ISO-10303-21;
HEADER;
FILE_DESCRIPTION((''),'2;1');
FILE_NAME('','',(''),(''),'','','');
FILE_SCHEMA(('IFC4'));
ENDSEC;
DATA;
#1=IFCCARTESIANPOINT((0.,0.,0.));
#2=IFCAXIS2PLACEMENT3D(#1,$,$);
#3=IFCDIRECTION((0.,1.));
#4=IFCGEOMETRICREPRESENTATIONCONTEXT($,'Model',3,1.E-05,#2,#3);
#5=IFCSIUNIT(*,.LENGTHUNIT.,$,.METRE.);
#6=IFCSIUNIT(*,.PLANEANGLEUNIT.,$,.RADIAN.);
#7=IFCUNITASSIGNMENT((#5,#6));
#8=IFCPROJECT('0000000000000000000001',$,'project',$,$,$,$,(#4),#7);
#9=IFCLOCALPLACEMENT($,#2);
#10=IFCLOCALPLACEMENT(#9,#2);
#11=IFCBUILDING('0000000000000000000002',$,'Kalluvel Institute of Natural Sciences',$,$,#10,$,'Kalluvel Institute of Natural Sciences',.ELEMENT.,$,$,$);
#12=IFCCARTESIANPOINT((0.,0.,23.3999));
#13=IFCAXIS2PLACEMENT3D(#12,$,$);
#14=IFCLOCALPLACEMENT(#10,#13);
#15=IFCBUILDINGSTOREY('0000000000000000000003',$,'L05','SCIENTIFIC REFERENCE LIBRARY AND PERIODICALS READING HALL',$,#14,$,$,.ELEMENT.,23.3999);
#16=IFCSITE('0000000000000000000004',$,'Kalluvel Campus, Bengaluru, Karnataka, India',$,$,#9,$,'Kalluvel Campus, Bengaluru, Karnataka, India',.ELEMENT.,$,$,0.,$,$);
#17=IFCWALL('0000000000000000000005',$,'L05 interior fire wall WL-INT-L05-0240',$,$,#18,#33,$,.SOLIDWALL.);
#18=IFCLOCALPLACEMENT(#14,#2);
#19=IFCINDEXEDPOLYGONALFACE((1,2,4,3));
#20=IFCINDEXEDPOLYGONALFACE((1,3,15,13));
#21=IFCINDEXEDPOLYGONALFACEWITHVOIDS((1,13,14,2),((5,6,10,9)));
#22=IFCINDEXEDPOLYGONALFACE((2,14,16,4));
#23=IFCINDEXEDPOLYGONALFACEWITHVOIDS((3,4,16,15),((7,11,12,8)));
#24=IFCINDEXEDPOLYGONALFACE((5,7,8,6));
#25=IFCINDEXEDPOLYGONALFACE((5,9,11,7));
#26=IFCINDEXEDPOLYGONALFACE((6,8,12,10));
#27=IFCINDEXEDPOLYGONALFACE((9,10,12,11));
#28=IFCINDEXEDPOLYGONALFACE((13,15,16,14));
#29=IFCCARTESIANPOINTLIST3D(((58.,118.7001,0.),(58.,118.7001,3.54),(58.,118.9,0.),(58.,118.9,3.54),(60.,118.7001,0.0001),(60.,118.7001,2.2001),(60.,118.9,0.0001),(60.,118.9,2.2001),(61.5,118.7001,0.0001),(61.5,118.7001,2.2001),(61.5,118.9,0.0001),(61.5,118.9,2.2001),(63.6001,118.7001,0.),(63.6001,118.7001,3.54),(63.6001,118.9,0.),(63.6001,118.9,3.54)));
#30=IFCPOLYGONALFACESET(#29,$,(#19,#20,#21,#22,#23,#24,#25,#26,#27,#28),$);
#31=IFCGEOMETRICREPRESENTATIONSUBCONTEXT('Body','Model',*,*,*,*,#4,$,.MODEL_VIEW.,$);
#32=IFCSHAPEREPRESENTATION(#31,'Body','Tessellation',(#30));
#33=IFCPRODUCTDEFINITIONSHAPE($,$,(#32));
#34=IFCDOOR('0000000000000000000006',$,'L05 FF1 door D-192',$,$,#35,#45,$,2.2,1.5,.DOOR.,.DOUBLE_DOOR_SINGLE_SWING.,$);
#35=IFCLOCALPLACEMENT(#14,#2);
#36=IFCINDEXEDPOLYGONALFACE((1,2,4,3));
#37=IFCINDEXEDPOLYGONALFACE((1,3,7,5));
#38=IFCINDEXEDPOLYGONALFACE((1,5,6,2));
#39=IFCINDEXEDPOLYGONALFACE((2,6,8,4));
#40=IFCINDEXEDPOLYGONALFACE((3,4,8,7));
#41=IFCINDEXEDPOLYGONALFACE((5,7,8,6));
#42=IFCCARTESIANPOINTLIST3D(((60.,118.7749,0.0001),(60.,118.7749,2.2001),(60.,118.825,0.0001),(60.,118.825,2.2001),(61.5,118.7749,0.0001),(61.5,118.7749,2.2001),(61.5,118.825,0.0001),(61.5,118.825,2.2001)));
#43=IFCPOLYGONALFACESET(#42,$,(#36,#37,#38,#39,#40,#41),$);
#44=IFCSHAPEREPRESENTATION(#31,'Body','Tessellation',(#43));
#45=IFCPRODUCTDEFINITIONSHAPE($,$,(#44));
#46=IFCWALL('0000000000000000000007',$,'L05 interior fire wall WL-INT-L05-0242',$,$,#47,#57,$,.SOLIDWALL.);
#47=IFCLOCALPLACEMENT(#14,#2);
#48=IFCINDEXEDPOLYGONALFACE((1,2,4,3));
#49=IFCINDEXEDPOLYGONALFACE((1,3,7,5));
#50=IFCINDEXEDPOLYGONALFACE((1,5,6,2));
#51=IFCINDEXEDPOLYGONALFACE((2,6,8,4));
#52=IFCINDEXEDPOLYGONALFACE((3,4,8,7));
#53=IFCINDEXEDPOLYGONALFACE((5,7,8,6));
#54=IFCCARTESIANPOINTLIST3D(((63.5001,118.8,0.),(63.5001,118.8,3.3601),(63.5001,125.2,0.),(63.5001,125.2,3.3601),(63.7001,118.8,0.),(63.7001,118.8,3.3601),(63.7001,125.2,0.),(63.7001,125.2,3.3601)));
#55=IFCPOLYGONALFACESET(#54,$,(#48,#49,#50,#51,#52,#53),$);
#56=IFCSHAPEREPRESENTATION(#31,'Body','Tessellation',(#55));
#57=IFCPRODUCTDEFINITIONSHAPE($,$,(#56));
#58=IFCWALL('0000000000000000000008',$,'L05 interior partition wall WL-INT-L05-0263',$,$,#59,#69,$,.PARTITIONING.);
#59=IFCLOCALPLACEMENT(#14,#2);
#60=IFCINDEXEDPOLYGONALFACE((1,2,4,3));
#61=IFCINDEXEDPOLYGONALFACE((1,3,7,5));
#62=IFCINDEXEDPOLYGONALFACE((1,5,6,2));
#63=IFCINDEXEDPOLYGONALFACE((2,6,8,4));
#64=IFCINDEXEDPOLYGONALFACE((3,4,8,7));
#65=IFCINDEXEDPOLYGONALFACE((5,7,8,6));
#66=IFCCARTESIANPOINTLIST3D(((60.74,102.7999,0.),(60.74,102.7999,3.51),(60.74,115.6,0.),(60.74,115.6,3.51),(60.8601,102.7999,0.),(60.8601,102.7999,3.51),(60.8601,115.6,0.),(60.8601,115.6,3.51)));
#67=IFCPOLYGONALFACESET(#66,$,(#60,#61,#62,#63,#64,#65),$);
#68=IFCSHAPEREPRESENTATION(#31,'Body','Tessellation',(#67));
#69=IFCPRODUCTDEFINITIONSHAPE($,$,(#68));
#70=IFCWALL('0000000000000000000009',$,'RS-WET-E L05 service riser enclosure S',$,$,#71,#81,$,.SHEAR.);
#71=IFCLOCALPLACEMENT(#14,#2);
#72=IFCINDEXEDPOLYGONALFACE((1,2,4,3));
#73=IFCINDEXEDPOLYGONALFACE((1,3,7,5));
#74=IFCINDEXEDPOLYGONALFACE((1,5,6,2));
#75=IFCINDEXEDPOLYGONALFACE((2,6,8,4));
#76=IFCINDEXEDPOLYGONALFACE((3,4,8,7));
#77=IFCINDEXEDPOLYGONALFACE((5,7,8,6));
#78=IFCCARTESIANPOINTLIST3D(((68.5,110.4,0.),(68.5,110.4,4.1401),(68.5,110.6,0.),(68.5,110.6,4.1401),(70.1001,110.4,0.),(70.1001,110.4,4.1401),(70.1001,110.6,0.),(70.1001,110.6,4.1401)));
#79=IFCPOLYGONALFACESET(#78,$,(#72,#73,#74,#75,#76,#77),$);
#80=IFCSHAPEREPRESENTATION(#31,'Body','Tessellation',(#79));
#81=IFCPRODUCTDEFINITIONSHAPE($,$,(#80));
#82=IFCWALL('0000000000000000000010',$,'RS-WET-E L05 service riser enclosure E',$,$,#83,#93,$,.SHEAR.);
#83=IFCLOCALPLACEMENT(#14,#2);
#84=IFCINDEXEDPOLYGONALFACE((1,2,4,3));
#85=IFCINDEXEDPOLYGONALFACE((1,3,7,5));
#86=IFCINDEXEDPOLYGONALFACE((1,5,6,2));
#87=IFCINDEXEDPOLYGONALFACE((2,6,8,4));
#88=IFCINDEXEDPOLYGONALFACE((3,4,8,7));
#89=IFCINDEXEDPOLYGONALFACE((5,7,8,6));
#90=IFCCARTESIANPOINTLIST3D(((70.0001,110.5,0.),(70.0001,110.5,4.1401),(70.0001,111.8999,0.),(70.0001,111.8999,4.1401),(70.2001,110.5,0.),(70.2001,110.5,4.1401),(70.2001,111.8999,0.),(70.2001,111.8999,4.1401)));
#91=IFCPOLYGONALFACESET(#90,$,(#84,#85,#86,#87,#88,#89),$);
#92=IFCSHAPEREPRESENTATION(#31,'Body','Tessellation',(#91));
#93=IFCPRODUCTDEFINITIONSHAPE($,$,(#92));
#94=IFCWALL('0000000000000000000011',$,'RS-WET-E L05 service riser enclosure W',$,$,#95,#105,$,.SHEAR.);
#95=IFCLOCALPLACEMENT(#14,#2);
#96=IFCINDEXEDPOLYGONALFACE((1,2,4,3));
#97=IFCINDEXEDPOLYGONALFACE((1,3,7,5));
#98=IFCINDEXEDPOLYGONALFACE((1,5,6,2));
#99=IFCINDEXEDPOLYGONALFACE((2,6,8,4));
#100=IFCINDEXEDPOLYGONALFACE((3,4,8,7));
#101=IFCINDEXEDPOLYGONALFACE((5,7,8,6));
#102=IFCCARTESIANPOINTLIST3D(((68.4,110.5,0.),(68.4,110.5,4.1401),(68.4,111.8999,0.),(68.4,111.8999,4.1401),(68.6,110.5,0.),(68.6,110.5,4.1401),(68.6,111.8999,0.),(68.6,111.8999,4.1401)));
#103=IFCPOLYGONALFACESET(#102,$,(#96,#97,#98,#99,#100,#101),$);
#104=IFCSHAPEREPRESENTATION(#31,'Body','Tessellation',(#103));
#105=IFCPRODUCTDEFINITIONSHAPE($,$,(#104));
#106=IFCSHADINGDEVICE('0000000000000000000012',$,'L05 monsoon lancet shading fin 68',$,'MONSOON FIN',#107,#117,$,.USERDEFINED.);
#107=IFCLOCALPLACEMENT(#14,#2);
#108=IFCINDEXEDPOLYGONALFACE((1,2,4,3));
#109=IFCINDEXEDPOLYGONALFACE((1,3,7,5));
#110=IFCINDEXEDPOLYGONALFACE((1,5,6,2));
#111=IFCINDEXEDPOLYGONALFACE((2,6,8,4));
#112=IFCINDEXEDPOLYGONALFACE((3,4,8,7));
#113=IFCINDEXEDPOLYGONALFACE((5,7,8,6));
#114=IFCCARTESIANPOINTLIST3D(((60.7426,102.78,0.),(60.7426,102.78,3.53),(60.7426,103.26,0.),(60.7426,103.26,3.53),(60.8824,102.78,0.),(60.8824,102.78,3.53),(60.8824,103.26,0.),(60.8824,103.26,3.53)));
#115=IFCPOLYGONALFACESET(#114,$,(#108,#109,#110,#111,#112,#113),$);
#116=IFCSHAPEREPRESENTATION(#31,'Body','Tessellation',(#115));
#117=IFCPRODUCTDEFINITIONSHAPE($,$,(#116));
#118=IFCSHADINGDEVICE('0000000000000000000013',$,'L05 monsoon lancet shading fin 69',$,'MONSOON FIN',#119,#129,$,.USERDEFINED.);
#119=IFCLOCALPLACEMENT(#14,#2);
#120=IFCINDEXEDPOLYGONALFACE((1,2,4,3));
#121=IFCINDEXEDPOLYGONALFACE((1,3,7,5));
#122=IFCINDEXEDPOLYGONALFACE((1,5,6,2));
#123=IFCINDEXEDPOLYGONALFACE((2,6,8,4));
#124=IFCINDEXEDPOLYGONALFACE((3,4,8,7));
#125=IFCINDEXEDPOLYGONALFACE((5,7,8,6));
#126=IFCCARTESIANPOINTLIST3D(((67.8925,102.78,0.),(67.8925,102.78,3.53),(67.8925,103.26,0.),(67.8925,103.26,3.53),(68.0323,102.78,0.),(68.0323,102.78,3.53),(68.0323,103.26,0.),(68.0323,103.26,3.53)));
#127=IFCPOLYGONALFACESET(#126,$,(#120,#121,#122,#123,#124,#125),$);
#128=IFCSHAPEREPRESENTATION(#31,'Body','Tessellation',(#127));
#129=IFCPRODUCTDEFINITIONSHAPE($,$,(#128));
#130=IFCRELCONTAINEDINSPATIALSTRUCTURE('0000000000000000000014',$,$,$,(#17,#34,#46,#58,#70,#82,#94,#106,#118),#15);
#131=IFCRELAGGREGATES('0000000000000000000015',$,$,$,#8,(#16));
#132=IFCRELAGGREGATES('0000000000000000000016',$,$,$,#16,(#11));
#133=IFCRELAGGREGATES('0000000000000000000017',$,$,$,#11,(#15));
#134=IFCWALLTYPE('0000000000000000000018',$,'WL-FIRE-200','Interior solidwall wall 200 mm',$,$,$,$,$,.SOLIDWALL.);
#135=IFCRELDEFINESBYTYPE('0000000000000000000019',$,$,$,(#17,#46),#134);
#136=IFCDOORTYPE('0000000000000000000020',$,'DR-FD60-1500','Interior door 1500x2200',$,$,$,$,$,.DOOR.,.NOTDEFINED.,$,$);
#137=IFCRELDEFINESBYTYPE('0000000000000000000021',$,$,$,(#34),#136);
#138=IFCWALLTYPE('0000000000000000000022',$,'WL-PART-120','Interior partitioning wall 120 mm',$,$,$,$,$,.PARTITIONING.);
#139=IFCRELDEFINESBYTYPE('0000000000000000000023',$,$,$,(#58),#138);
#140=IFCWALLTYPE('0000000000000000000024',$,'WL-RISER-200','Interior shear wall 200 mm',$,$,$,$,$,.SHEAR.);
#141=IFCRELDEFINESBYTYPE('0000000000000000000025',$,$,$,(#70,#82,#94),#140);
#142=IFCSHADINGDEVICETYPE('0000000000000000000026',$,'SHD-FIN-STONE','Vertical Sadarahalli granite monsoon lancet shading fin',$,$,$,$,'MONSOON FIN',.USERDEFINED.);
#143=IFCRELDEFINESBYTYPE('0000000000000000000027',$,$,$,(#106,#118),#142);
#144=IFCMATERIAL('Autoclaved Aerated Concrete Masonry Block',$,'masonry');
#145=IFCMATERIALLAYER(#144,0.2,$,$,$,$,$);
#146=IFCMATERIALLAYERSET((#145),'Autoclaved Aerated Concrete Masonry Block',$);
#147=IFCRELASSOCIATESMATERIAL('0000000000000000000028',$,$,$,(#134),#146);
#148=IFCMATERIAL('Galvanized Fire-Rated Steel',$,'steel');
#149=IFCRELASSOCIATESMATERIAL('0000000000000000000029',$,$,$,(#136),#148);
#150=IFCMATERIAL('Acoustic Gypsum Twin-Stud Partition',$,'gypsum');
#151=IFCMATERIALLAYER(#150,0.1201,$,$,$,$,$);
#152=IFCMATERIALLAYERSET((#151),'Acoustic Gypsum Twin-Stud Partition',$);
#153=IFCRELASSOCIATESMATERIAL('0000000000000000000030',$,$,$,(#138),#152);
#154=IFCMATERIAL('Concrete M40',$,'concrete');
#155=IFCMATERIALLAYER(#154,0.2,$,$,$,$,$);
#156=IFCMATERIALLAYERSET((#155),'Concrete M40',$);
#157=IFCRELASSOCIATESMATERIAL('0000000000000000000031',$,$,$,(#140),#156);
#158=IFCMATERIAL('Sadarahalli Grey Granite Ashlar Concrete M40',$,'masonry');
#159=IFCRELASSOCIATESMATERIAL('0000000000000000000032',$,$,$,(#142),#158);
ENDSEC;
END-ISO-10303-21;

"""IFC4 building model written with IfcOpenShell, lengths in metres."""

from ifc_helpers import new_model, si_unit, direction, frame, frame_2d, origin, origin_2d, place, context, subcontext, project, spatial, rectangle, extrude, material, layer, layer_set, type_object, element, fill, save


model = new_model("IFC4")

# Units and contexts
model_context = context("Model", 3, precision=1e-05, world=origin(), true_north=direction((0.0, 1.0)))
body_context = subcontext(model_context, "Body", "Model", "MODEL_VIEW")
ifc_project = project(units=[si_unit("LENGTHUNIT", "METRE"), si_unit("PLANEANGLEUNIT", "RADIAN")], contexts=[model_context])

# Site, building, storey
site_placement = place(None, origin())
site = spatial("IfcSite", under=ifc_project, at=site_placement, Name="Kalluvel Campus, Bengaluru, Karnataka, India", LongName="Kalluvel Campus, Bengaluru, Karnataka, India", CompositionType="ELEMENT", RefElevation=0.0)
building_placement = place(site_placement, origin())
building = spatial("IfcBuilding", under=site, at=building_placement, Name="Kalluvel Institute of Natural Sciences", LongName="Kalluvel Institute of Natural Sciences", CompositionType="ELEMENT")
storey_placement = place(building_placement, frame((0.0, 0.0, 23.3999)))
storey = spatial("IfcBuildingStorey", under=building, at=storey_placement, Name="L05", Description="SCIENTIFIC REFERENCE LIBRARY AND PERIODICALS READING HALL", CompositionType="ELEMENT", Elevation=23.3999)

# Shared definitions
ifc_material_1 = material(Name="Concrete M40", Category="concrete")

# Shared definitions
ifc_material_2 = material(Name="Galvanized Fire-Rated Steel", Category="steel")

# Shared definitions
ifc_material_3 = material(Name="Autoclaved Aerated Concrete Masonry Block", Category="masonry")

# Wall, opening, door
ifc_layer_1 = layer(ifc_material_3, 0.2)
ifc_layer_set_1 = layer_set([ifc_layer_1], Name="Autoclaved Aerated Concrete Masonry Block")
wall_type_1 = type_object("IfcWallType", Name="WL-FIRE-200", Description="Interior solidwall wall 200 mm", PredefinedType="SOLIDWALL", material=ifc_layer_set_1)
wall_1_placement = place(storey_placement, frame((58.0, 118.8, 0.0), z_axis=(0.0, 0.0, 1.0), x_axis=(1.0, 0.0, 0.0)))
wall_1 = element("IfcWall", 1, at=wall_1_placement, inside=storey, type_object=wall_type_1, Name="L05 interior fire wall WL-INT-L05-0240", PredefinedType="SOLIDWALL", context=body_context, shape_type="SweptSolid", body=[
    extrude(rectangle(XDim=5.6001, YDim=0.2, at=frame_2d((2.8, 0.0))), origin(), (0.0, 0.0, 1.0), 3.54),
])
opening_1_placement = place(wall_1_placement, frame((2.0, 0.0, 0.0)))
opening_1 = element("IfcOpeningElement", 2, at=opening_1_placement, cuts=wall_1, PredefinedType="OPENING", context=body_context, shape_type="SweptSolid", body=[
    extrude(rectangle(XDim=1.5, YDim=2.2, at=frame_2d((0.75, 1.1001))), frame((0.0, 0.1099, 0.0), z_axis=(0.0, -1.0, 0.0), x_axis=(1.0, 0.0, 0.0)), (0.0, 0.0, 1.0), 0.22),
])
door_type_1 = type_object("IfcDoorType", Name="DR-FD60-1500", Description="Interior door 1500x2200", OperationType="NOTDEFINED", PredefinedType="DOOR", material=ifc_material_2)
door_1_placement = place(opening_1_placement, origin())
door_1 = element("IfcDoor", 3, at=door_1_placement, inside=storey, type_object=door_type_1, Name="L05 FF1 door D-192", OperationType="DOUBLE_DOOR_SINGLE_SWING", OverallHeight=2.2, OverallWidth=1.5, PredefinedType="DOOR", context=body_context, shape_type="SweptSolid", body=[
    extrude(rectangle(XDim=1.5, YDim=2.2, at=frame_2d((0.75, 1.1001))), frame((0.0, 0.0249, 0.0), z_axis=(0.0, -1.0, 0.0), x_axis=(1.0, 0.0, 0.0)), (0.0, 0.0, 1.0), 0.05),
])
fill(opening_1, door_1)

# Walls
wall_2_placement = place(storey_placement, frame((63.6001, 118.8, 0.0), z_axis=(0.0, 0.0, 1.0), x_axis=(0.0, 1.0, 0.0)))
element("IfcWall", 4, at=wall_2_placement, inside=storey, type_object=wall_type_1, Name="L05 interior fire wall WL-INT-L05-0242", PredefinedType="SOLIDWALL", context=body_context, shape_type="SweptSolid", body=[
    extrude(rectangle(XDim=6.3999, YDim=0.2, at=frame_2d((3.2, 0.0))), origin(), (0.0, 0.0, 1.0), 3.3601),
])
ifc_material_4 = material(Name="Acoustic Gypsum Twin-Stud Partition", Category="gypsum")
ifc_layer_2 = layer(ifc_material_4, 0.1201)
ifc_layer_set_2 = layer_set([ifc_layer_2], Name="Acoustic Gypsum Twin-Stud Partition")
wall_type_2 = type_object("IfcWallType", Name="WL-PART-120", Description="Interior partitioning wall 120 mm", PredefinedType="PARTITIONING", material=ifc_layer_set_2)
wall_3_placement = place(storey_placement, frame((60.8, 102.8, 0.0), z_axis=(0.0, 0.0, 1.0), x_axis=(0.0, 1.0, 0.0)))
element("IfcWall", 5, at=wall_3_placement, inside=storey, type_object=wall_type_2, Name="L05 interior partition wall WL-INT-L05-0263", PredefinedType="PARTITIONING", context=body_context, shape_type="SweptSolid", body=[
    extrude(rectangle(XDim=12.8, YDim=0.1201, at=frame_2d((6.3999, 0.0))), origin(), (0.0, 0.0, 1.0), 3.51),
])
ifc_layer_3 = layer(ifc_material_1, 0.2)
ifc_layer_set_3 = layer_set([ifc_layer_3], Name="Concrete M40")
wall_type_3 = type_object("IfcWallType", Name="WL-RISER-200", Description="Interior shear wall 200 mm", PredefinedType="SHEAR", material=ifc_layer_set_3)
wall_4_placement = place(storey_placement, frame((68.5, 110.5, 0.0), z_axis=(0.0, 0.0, 1.0), x_axis=(1.0, 0.0, 0.0)))
element("IfcWall", 6, at=wall_4_placement, inside=storey, type_object=wall_type_3, Name="RS-WET-E L05 service riser enclosure S", PredefinedType="SHEAR", context=body_context, shape_type="SweptSolid", body=[
    extrude(rectangle(XDim=1.6001, YDim=0.2, at=frame_2d((0.8, 0.0))), origin(), (0.0, 0.0, 1.0), 4.1401),
])
for number, where, z_axis, x_axis, name in (
    (7, (70.1001, 110.5, 0.0), (0.0, 0.0, 1.0), (0.0, 1.0, 0.0), "RS-WET-E L05 service riser enclosure E"),
    (8, (68.5, 111.8999, 0.0), (0.0, 0.0, 1.0), (0.0, -1.0, 0.0), "RS-WET-E L05 service riser enclosure W"),
):
    element("IfcWall", number, at=place(storey_placement, frame(where, z_axis=z_axis, x_axis=x_axis)), inside=storey, type_object=wall_type_3, Name=name, PredefinedType="SHEAR", context=body_context, shape_type="SweptSolid", body=[
        extrude(rectangle(XDim=1.3999, YDim=0.2, at=frame_2d((0.7, 0.0))), origin(), (0.0, 0.0, 1.0), 4.1401),
    ])

# Shading devices
ifc_material_5 = material(Name="Sadarahalli Grey Granite Ashlar Concrete M40", Category="masonry")
shading_device_type = type_object("IfcShadingDeviceType", Name="SHD-FIN-STONE", Description="Vertical Sadarahalli granite monsoon lancet shading fin", ElementType="MONSOON FIN", PredefinedType="USERDEFINED", material=ifc_material_5)
for number, where, z_axis, x_axis, name in (
    (9, (60.8125, 103.02, 0.0), (0.0, 0.0, 1.0), (1.0, 0.0, 0.0), "L05 monsoon lancet shading fin 68"),
    (10, (67.9624, 103.02, 0.0), (0.0, 0.0, 1.0), (1.0, 0.0, 0.0), "L05 monsoon lancet shading fin 69"),
):
    element("IfcShadingDevice", number, at=place(storey_placement, frame(where, z_axis=z_axis, x_axis=x_axis)), inside=storey, type_object=shading_device_type, Name=name, ObjectType="MONSOON FIN", PredefinedType="USERDEFINED", context=body_context, shape_type="SweptSolid", body=[
        extrude(rectangle(XDim=0.1399, YDim=0.48, at=origin_2d()), origin(), (0.0, 0.0, 1.0), 3.53),
    ])

save(model, "model.ifc")
